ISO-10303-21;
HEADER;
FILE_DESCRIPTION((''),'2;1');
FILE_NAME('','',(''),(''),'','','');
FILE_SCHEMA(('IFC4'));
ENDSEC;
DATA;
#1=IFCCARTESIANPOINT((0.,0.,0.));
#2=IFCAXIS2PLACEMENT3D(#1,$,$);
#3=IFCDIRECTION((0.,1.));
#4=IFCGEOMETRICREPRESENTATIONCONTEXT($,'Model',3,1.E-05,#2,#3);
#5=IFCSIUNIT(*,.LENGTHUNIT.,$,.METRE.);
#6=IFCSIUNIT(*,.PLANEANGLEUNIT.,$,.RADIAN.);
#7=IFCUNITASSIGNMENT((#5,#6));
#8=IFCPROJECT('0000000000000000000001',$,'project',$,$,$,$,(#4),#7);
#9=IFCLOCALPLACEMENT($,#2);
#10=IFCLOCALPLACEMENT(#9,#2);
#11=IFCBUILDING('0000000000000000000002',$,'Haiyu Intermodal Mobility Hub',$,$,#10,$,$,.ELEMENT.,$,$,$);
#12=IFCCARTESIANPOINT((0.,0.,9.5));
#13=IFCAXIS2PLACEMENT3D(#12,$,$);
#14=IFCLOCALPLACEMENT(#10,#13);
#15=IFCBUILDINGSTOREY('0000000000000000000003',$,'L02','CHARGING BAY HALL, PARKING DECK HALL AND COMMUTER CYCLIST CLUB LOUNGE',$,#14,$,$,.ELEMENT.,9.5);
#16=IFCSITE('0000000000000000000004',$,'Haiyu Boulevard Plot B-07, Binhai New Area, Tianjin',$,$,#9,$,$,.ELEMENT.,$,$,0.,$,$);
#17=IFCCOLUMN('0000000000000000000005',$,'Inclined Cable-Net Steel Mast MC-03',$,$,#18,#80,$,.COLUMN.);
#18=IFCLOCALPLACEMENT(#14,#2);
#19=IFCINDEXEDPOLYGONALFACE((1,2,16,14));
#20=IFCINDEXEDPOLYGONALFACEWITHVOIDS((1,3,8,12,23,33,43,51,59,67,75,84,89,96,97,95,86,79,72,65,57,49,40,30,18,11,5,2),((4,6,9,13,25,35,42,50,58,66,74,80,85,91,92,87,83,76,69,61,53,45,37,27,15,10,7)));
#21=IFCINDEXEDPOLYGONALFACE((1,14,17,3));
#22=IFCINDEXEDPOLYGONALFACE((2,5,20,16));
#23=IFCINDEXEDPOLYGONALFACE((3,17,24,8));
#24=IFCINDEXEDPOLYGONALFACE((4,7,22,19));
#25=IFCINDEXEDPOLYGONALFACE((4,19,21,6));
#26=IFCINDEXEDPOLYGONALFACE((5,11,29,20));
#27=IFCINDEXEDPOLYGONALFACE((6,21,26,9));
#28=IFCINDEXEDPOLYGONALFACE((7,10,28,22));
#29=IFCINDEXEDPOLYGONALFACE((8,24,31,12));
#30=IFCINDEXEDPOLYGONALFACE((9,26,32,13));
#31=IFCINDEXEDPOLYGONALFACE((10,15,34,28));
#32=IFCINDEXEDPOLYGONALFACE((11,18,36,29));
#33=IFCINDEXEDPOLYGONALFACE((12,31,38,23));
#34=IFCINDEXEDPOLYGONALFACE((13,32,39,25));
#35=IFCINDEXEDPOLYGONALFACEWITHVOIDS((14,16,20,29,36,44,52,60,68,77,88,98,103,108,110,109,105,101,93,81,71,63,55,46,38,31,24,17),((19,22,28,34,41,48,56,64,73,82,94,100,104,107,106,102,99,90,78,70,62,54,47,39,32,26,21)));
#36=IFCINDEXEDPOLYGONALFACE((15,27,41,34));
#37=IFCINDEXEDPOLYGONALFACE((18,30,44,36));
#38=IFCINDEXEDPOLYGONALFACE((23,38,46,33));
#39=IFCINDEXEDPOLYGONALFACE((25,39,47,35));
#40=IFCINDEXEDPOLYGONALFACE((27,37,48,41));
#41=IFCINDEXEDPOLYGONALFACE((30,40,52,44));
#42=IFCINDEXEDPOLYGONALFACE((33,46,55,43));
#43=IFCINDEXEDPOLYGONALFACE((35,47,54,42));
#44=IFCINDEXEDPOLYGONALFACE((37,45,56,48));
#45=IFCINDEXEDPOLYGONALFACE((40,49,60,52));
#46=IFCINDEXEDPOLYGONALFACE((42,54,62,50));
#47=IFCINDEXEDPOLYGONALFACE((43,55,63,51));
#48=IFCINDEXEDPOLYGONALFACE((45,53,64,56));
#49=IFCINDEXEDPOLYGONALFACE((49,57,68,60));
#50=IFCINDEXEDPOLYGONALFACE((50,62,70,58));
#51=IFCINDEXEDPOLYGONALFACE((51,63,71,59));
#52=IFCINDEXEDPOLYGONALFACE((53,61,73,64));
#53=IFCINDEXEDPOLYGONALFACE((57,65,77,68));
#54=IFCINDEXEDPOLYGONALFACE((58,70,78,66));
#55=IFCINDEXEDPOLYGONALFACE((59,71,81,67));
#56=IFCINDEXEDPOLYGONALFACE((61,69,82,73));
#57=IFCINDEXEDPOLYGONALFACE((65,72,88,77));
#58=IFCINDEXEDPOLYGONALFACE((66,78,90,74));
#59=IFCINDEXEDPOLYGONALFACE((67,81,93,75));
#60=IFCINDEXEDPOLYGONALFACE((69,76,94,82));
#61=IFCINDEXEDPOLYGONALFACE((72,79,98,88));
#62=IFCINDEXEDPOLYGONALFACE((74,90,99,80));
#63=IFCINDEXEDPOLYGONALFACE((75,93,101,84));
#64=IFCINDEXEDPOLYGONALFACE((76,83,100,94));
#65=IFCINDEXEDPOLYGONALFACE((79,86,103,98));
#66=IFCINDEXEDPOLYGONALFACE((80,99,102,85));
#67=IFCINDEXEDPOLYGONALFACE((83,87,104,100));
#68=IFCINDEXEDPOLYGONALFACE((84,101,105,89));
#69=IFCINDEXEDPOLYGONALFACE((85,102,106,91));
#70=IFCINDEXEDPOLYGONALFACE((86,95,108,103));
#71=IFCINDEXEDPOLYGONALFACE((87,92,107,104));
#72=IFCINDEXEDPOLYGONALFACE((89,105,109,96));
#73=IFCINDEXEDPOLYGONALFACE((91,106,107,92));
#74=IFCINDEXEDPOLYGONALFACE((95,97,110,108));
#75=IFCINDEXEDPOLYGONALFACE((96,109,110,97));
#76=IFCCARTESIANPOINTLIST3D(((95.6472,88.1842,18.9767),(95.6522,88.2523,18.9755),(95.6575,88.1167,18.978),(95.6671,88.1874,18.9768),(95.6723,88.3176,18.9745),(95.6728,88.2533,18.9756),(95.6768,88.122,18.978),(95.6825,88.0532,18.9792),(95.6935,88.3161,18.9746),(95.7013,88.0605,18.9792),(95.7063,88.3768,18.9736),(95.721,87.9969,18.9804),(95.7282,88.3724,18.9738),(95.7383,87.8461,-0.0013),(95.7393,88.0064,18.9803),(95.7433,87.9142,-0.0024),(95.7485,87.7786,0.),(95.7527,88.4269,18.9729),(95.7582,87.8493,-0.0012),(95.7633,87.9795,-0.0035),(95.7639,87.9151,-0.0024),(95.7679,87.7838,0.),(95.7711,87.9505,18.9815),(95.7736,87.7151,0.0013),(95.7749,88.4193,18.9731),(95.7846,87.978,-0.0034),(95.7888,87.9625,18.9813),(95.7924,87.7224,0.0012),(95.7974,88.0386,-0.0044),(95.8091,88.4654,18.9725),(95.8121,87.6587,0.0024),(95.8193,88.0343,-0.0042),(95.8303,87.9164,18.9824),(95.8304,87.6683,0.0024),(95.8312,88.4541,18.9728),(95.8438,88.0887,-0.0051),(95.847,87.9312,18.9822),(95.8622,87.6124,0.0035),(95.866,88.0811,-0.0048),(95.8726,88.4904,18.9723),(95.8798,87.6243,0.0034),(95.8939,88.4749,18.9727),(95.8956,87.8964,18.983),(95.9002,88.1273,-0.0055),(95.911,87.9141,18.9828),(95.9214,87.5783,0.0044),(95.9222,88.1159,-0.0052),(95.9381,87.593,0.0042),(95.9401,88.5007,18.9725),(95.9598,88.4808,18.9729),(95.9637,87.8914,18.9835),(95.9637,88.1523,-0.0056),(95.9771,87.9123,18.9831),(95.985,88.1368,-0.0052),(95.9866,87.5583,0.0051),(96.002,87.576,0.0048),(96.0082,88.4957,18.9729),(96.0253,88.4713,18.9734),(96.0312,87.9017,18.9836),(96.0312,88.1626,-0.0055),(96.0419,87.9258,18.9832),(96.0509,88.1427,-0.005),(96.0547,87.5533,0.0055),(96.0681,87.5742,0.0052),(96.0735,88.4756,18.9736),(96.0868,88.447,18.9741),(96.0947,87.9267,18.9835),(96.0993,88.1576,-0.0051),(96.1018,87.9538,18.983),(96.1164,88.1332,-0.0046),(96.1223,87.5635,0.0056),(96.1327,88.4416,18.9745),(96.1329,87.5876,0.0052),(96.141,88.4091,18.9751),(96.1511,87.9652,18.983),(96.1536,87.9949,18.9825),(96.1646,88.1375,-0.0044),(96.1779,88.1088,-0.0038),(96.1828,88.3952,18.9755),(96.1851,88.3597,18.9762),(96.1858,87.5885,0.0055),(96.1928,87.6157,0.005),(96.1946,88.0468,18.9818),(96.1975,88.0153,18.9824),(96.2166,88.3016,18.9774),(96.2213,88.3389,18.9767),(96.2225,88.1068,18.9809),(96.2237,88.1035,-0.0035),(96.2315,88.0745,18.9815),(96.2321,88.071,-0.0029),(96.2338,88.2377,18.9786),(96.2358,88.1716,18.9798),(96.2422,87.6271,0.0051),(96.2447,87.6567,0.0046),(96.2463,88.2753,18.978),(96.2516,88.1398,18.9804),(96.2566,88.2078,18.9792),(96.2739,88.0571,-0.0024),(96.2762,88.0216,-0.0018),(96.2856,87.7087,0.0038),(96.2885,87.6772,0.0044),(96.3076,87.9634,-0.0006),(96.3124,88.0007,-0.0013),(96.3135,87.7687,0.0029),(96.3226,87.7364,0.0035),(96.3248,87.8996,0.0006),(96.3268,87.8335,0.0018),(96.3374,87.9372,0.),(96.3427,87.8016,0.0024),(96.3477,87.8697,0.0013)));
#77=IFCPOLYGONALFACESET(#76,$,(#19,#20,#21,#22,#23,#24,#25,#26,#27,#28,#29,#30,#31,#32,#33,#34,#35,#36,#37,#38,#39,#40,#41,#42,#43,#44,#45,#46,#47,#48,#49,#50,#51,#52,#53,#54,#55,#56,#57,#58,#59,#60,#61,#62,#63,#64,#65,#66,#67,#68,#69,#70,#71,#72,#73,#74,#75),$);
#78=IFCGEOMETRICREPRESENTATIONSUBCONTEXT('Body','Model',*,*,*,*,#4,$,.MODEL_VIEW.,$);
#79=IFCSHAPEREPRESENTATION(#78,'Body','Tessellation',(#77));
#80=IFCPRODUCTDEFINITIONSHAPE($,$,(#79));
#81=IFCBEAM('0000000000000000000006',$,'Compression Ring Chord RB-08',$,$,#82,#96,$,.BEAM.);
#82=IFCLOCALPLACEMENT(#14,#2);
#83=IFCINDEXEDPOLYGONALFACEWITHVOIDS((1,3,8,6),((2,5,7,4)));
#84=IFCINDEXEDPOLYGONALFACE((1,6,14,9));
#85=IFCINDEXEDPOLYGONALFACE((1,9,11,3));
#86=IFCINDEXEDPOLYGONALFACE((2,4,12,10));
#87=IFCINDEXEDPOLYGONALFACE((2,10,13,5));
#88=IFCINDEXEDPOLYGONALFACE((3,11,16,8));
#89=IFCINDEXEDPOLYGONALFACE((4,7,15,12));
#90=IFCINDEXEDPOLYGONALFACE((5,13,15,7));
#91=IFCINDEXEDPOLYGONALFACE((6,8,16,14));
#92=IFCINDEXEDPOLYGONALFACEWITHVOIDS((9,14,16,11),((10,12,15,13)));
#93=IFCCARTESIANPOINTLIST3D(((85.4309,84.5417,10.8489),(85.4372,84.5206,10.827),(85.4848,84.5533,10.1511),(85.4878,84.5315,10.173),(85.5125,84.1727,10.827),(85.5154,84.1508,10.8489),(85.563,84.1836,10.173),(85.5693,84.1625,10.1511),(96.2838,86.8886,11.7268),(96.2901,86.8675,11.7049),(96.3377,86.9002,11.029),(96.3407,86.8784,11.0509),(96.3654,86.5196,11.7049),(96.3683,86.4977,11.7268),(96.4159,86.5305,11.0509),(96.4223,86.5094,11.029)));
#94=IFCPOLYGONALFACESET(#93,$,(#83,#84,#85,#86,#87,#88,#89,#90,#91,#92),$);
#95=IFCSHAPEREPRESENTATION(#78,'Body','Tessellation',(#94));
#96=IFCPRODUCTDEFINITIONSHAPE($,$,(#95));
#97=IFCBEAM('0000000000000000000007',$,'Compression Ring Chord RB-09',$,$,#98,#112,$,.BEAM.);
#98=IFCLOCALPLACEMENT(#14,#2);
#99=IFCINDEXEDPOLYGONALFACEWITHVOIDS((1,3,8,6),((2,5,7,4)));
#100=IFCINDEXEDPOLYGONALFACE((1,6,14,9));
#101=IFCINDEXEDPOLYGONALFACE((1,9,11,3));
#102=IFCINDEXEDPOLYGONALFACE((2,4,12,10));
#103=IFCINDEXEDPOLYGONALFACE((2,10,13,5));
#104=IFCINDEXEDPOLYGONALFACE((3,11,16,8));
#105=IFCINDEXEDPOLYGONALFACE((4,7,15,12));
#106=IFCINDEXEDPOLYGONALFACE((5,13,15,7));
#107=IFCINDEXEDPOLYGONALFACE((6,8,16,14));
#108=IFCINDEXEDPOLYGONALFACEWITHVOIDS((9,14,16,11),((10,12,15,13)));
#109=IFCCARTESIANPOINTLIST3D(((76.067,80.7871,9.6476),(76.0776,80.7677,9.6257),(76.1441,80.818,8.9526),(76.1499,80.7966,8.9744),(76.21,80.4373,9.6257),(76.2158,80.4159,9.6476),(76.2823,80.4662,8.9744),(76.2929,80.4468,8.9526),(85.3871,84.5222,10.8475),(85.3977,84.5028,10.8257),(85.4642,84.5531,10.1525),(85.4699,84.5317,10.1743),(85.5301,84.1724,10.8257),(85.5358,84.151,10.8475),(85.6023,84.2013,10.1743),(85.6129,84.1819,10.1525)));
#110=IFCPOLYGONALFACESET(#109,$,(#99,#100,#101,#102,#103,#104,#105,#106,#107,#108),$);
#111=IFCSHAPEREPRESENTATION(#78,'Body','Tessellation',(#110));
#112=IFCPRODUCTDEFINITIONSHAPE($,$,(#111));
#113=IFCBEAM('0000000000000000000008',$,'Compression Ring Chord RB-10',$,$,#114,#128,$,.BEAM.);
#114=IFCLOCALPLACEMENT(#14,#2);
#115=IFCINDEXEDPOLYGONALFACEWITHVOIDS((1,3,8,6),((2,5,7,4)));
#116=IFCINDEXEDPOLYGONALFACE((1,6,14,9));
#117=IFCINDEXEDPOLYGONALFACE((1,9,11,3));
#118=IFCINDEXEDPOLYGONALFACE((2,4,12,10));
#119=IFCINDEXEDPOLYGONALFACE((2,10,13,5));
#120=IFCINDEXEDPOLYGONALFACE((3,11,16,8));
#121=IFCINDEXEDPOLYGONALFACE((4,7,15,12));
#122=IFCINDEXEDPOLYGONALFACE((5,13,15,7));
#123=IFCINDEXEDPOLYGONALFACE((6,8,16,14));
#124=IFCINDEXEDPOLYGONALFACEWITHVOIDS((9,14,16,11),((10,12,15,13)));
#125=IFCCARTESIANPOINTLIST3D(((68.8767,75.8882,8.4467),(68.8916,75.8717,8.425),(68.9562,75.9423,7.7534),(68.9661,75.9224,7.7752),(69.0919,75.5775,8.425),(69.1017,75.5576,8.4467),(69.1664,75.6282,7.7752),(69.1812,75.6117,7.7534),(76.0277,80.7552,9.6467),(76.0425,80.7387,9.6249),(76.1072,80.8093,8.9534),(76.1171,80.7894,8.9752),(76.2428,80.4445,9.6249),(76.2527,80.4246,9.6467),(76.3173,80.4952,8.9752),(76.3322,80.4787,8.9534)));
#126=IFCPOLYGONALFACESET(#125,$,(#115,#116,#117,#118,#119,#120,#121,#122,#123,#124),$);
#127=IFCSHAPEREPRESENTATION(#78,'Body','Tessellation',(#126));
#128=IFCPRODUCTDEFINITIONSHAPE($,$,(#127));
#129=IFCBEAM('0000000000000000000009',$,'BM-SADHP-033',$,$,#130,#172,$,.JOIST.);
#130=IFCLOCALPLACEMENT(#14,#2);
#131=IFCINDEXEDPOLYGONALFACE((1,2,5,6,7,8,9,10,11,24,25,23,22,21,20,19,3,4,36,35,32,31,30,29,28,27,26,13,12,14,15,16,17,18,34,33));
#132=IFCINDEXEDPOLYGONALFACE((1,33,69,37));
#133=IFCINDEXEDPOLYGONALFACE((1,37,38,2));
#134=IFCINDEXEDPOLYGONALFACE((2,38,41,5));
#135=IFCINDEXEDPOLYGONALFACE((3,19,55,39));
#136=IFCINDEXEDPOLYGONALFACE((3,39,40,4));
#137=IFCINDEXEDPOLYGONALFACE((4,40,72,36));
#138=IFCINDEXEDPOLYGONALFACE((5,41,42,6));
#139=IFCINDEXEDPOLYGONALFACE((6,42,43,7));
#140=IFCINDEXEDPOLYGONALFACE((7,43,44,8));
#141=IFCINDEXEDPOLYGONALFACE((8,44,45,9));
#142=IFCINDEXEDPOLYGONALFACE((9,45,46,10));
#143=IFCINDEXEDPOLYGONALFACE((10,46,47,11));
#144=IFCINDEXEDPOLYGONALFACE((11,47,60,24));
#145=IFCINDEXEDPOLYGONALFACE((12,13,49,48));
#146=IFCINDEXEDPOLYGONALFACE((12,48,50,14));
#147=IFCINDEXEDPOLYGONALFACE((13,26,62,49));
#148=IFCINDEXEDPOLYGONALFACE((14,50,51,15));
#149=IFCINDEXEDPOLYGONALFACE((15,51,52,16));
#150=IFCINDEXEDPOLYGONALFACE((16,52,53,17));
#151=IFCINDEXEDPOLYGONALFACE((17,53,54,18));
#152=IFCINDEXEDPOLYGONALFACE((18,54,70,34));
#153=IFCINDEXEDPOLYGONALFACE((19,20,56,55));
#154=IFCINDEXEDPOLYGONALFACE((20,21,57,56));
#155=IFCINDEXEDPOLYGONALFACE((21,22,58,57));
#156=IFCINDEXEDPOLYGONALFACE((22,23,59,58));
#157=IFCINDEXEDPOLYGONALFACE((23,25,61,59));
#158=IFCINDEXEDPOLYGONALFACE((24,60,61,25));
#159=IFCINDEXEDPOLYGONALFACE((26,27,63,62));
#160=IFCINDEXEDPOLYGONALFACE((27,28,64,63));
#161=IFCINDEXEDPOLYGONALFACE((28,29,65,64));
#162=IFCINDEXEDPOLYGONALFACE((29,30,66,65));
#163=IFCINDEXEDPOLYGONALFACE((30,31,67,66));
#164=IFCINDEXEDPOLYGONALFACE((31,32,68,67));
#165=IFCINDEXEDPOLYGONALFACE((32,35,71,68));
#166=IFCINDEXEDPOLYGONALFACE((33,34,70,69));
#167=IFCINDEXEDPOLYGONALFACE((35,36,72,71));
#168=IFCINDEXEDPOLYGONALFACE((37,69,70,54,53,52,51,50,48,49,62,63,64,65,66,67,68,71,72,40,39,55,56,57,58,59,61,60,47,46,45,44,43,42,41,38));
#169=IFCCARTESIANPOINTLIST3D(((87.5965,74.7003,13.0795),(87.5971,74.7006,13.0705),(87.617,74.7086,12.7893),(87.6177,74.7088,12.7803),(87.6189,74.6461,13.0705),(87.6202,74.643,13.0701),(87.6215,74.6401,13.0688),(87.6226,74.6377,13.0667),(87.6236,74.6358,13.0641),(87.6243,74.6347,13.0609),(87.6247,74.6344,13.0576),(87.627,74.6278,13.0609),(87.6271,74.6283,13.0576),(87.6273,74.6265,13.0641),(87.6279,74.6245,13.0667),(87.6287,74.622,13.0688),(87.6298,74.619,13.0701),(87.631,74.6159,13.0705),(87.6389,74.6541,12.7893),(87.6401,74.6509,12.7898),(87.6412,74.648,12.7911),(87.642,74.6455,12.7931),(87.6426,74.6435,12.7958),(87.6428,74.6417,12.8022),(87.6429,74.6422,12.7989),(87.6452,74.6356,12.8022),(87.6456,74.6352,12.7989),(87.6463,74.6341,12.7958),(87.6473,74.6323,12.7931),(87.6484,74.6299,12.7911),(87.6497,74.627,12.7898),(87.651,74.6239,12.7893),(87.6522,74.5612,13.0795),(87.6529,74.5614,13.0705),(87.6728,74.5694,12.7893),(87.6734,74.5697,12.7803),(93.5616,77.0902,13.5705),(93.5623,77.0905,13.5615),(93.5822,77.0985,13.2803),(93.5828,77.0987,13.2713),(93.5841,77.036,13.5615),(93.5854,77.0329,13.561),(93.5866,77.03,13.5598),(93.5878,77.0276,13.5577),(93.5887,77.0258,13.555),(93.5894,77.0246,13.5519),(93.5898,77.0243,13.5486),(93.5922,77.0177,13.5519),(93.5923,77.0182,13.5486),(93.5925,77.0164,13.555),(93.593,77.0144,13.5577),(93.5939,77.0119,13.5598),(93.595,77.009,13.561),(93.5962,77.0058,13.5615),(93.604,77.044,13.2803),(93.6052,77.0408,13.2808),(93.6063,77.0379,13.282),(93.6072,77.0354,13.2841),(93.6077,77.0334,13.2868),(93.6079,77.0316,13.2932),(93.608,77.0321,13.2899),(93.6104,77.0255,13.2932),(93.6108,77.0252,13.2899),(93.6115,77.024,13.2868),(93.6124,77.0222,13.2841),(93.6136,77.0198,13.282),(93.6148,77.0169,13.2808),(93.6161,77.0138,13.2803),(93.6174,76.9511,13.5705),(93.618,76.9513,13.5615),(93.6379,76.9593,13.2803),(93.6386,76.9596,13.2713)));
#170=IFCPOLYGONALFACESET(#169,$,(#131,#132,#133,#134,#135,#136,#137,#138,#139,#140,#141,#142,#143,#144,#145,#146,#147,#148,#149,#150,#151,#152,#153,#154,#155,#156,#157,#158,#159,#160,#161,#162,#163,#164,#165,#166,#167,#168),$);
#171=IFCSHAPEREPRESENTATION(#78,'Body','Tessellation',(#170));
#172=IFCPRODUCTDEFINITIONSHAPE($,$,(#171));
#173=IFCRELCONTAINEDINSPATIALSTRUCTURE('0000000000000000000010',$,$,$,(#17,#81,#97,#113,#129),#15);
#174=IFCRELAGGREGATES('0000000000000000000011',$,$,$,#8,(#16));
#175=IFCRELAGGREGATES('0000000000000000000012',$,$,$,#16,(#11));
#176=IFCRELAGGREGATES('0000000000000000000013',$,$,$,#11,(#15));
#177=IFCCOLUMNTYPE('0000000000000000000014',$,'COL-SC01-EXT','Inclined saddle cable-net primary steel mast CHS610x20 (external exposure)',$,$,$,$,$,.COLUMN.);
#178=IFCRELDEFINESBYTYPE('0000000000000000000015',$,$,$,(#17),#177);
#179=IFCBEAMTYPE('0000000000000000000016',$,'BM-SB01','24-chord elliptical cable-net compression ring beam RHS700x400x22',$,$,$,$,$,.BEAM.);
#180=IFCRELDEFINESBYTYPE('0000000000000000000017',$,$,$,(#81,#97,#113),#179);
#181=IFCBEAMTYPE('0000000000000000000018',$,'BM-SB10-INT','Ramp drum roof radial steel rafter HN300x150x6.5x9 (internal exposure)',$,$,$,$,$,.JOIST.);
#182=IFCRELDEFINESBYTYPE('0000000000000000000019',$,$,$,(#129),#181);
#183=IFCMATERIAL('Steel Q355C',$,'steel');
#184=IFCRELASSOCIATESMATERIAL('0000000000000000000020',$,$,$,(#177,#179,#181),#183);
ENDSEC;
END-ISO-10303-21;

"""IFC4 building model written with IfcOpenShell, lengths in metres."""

from ifc_helpers import new_model, si_unit, direction, frame, origin, origin_2d, place, context, subcontext, project, spatial, hollow_rectangle, hollow_circle, i_section, extrude, material, material_profile, profile_set, type_object, element, save


model = new_model("IFC4")

# Units and contexts
model_context = context("Model", 3, precision=1e-05, world=origin(), true_north=direction((0.0, 1.0)))
body_context = subcontext(model_context, "Body", "Model", "MODEL_VIEW")
ifc_project = project(units=[si_unit("LENGTHUNIT", "METRE"), si_unit("PLANEANGLEUNIT", "RADIAN")], contexts=[model_context])

# Site, building, storey
site_placement = place(None, origin())
site = spatial("IfcSite", under=ifc_project, at=site_placement, Name="Haiyu Boulevard Plot B-07, Binhai New Area, Tianjin", CompositionType="ELEMENT", RefElevation=0.0)
building_placement = place(site_placement, origin())
building = spatial("IfcBuilding", under=site, at=building_placement, Name="Haiyu Intermodal Mobility Hub", CompositionType="ELEMENT")
storey_placement = place(building_placement, frame((0.0, 0.0, 9.5)))
storey = spatial("IfcBuildingStorey", under=building, at=storey_placement, Name="L02", Description="CHARGING BAY HALL, PARKING DECK HALL AND COMMUTER CYCLIST CLUB LOUNGE", CompositionType="ELEMENT", Elevation=9.5)

# Column
ifc_material_1 = material(Name="Steel Q355C", Category="steel")
ifc_material_profile_1 = material_profile(ifc_material_1, hollow_circle(Radius=0.3049, WallThickness=0.02, at=origin_2d()), Name="CHS610x20")
ifc_profile_set_1 = profile_set([ifc_material_profile_1], Name="Steel Q355C")
column_type = type_object("IfcColumnType", Name="COL-SC01-EXT", Description="Inclined saddle cable-net primary steel mast CHS610x20 (external exposure)", PredefinedType="COLUMN", material=ifc_profile_set_1)
column_placement = place(storey_placement, frame((96.043, 87.8579, 0.0), z_axis=(-0.004798, 0.017814, 0.99983), x_axis=(-0.965596, -0.260048, 0.0)))
element("IfcColumn", 1, at=column_placement, inside=storey, type_object=column_type, Name="Inclined Cable-Net Steel Mast MC-03", PredefinedType="COLUMN", context=body_context, shape_type="SweptSolid", body=[
    extrude(hollow_circle(Radius=0.3049, WallThickness=0.02, at=origin_2d()), origin(), (0.0, 0.0, 1.0), 18.9812),
])

# Beams
ifc_material_profile_2 = material_profile(ifc_material_1, hollow_rectangle(XDim=0.3999, YDim=0.7, WallThickness=0.022, at=origin_2d()), Name="RHS700x400x22")
ifc_profile_set_2 = profile_set([ifc_material_profile_2], Name="Steel Q355C")
beam_type_1 = type_object("IfcBeamType", Name="BM-SB01", Description="24-chord elliptical cable-net compression ring beam RHS700x400x22", PredefinedType="BEAM", material=ifc_profile_set_2)
beam_1_placement = place(storey_placement, frame((96.353, 86.699, 11.3779), z_axis=(-0.974367, -0.210703, -0.078819), x_axis=(0.211361, -0.977408, 0.0)))
element("IfcBeam", 2, at=beam_1_placement, inside=storey, type_object=beam_type_1, Name="Compression Ring Chord RB-08", PredefinedType="BEAM", context=body_context, shape_type="SweptSolid", body=[
    extrude(hollow_rectangle(XDim=0.3999, YDim=0.7, WallThickness=0.022, at=origin_2d()), origin(), (0.0, 0.0, 1.0), 11.1384),
])
beam_2_placement = place(storey_placement, frame((85.5, 84.3521, 10.5), z_axis=(-0.921675, -0.36937, -0.118665), x_axis=(0.371998, -0.928233, 0.0)))
element("IfcBeam", 3, at=beam_2_placement, inside=storey, type_object=beam_type_1, Name="Compression Ring Chord RB-09", PredefinedType="BEAM", context=body_context, shape_type="SweptSolid", body=[
    extrude(hollow_rectangle(XDim=0.3999, YDim=0.7, WallThickness=0.022, at=origin_2d()), origin(), (0.0, 0.0, 1.0), 10.1121),
])
beam_3_placement = place(storey_placement, frame((76.1799, 80.6169, 9.3), z_axis=(-0.818851, -0.557317, -0.137407), x_axis=(0.562654, -0.826693, 0.0)))
element("IfcBeam", 4, at=beam_3_placement, inside=storey, type_object=beam_type_1, Name="Compression Ring Chord RB-10", PredefinedType="BEAM", context=body_context, shape_type="SweptSolid", body=[
    extrude(hollow_rectangle(XDim=0.3999, YDim=0.7, WallThickness=0.022, at=origin_2d()), origin(), (0.0, 0.0, 1.0), 8.7329),
])
ifc_material_profile_3 = material_profile(ifc_material_1, i_section(OverallWidth=0.1499, OverallDepth=0.3, WebThickness=0.0066, FlangeThickness=0.009, FilletRadius=0.0129, at=origin_2d()), Name="HN300x150x6.5x9")
ifc_profile_set_3 = profile_set([ifc_material_profile_3], Name="Steel Q355C")
beam_type_2 = type_object("IfcBeamType", Name="BM-SB10-INT", Description="Ramp drum roof radial steel rafter HN300x150x6.5x9 (internal exposure)", PredefinedType="JOIST", material=ifc_profile_set_3)
beam_4_placement = place(storey_placement, frame((93.6001, 77.0249, 13.4209), z_axis=(-0.925572, -0.370827, -0.076181), x_axis=(0.371908, -0.92827, 0.0)))
element("IfcBeam", 5, at=beam_4_placement, inside=storey, type_object=beam_type_2, Name="BM-SADHP-033", PredefinedType="JOIST", context=body_context, shape_type="SweptSolid", body=[
    extrude(i_section(OverallWidth=0.1499, OverallDepth=0.3, WebThickness=0.0066, FlangeThickness=0.009, FilletRadius=0.0129, at=origin_2d()), origin(), (0.0, 0.0, 1.0), 6.4448),
])

save(model, "model.ifc")
